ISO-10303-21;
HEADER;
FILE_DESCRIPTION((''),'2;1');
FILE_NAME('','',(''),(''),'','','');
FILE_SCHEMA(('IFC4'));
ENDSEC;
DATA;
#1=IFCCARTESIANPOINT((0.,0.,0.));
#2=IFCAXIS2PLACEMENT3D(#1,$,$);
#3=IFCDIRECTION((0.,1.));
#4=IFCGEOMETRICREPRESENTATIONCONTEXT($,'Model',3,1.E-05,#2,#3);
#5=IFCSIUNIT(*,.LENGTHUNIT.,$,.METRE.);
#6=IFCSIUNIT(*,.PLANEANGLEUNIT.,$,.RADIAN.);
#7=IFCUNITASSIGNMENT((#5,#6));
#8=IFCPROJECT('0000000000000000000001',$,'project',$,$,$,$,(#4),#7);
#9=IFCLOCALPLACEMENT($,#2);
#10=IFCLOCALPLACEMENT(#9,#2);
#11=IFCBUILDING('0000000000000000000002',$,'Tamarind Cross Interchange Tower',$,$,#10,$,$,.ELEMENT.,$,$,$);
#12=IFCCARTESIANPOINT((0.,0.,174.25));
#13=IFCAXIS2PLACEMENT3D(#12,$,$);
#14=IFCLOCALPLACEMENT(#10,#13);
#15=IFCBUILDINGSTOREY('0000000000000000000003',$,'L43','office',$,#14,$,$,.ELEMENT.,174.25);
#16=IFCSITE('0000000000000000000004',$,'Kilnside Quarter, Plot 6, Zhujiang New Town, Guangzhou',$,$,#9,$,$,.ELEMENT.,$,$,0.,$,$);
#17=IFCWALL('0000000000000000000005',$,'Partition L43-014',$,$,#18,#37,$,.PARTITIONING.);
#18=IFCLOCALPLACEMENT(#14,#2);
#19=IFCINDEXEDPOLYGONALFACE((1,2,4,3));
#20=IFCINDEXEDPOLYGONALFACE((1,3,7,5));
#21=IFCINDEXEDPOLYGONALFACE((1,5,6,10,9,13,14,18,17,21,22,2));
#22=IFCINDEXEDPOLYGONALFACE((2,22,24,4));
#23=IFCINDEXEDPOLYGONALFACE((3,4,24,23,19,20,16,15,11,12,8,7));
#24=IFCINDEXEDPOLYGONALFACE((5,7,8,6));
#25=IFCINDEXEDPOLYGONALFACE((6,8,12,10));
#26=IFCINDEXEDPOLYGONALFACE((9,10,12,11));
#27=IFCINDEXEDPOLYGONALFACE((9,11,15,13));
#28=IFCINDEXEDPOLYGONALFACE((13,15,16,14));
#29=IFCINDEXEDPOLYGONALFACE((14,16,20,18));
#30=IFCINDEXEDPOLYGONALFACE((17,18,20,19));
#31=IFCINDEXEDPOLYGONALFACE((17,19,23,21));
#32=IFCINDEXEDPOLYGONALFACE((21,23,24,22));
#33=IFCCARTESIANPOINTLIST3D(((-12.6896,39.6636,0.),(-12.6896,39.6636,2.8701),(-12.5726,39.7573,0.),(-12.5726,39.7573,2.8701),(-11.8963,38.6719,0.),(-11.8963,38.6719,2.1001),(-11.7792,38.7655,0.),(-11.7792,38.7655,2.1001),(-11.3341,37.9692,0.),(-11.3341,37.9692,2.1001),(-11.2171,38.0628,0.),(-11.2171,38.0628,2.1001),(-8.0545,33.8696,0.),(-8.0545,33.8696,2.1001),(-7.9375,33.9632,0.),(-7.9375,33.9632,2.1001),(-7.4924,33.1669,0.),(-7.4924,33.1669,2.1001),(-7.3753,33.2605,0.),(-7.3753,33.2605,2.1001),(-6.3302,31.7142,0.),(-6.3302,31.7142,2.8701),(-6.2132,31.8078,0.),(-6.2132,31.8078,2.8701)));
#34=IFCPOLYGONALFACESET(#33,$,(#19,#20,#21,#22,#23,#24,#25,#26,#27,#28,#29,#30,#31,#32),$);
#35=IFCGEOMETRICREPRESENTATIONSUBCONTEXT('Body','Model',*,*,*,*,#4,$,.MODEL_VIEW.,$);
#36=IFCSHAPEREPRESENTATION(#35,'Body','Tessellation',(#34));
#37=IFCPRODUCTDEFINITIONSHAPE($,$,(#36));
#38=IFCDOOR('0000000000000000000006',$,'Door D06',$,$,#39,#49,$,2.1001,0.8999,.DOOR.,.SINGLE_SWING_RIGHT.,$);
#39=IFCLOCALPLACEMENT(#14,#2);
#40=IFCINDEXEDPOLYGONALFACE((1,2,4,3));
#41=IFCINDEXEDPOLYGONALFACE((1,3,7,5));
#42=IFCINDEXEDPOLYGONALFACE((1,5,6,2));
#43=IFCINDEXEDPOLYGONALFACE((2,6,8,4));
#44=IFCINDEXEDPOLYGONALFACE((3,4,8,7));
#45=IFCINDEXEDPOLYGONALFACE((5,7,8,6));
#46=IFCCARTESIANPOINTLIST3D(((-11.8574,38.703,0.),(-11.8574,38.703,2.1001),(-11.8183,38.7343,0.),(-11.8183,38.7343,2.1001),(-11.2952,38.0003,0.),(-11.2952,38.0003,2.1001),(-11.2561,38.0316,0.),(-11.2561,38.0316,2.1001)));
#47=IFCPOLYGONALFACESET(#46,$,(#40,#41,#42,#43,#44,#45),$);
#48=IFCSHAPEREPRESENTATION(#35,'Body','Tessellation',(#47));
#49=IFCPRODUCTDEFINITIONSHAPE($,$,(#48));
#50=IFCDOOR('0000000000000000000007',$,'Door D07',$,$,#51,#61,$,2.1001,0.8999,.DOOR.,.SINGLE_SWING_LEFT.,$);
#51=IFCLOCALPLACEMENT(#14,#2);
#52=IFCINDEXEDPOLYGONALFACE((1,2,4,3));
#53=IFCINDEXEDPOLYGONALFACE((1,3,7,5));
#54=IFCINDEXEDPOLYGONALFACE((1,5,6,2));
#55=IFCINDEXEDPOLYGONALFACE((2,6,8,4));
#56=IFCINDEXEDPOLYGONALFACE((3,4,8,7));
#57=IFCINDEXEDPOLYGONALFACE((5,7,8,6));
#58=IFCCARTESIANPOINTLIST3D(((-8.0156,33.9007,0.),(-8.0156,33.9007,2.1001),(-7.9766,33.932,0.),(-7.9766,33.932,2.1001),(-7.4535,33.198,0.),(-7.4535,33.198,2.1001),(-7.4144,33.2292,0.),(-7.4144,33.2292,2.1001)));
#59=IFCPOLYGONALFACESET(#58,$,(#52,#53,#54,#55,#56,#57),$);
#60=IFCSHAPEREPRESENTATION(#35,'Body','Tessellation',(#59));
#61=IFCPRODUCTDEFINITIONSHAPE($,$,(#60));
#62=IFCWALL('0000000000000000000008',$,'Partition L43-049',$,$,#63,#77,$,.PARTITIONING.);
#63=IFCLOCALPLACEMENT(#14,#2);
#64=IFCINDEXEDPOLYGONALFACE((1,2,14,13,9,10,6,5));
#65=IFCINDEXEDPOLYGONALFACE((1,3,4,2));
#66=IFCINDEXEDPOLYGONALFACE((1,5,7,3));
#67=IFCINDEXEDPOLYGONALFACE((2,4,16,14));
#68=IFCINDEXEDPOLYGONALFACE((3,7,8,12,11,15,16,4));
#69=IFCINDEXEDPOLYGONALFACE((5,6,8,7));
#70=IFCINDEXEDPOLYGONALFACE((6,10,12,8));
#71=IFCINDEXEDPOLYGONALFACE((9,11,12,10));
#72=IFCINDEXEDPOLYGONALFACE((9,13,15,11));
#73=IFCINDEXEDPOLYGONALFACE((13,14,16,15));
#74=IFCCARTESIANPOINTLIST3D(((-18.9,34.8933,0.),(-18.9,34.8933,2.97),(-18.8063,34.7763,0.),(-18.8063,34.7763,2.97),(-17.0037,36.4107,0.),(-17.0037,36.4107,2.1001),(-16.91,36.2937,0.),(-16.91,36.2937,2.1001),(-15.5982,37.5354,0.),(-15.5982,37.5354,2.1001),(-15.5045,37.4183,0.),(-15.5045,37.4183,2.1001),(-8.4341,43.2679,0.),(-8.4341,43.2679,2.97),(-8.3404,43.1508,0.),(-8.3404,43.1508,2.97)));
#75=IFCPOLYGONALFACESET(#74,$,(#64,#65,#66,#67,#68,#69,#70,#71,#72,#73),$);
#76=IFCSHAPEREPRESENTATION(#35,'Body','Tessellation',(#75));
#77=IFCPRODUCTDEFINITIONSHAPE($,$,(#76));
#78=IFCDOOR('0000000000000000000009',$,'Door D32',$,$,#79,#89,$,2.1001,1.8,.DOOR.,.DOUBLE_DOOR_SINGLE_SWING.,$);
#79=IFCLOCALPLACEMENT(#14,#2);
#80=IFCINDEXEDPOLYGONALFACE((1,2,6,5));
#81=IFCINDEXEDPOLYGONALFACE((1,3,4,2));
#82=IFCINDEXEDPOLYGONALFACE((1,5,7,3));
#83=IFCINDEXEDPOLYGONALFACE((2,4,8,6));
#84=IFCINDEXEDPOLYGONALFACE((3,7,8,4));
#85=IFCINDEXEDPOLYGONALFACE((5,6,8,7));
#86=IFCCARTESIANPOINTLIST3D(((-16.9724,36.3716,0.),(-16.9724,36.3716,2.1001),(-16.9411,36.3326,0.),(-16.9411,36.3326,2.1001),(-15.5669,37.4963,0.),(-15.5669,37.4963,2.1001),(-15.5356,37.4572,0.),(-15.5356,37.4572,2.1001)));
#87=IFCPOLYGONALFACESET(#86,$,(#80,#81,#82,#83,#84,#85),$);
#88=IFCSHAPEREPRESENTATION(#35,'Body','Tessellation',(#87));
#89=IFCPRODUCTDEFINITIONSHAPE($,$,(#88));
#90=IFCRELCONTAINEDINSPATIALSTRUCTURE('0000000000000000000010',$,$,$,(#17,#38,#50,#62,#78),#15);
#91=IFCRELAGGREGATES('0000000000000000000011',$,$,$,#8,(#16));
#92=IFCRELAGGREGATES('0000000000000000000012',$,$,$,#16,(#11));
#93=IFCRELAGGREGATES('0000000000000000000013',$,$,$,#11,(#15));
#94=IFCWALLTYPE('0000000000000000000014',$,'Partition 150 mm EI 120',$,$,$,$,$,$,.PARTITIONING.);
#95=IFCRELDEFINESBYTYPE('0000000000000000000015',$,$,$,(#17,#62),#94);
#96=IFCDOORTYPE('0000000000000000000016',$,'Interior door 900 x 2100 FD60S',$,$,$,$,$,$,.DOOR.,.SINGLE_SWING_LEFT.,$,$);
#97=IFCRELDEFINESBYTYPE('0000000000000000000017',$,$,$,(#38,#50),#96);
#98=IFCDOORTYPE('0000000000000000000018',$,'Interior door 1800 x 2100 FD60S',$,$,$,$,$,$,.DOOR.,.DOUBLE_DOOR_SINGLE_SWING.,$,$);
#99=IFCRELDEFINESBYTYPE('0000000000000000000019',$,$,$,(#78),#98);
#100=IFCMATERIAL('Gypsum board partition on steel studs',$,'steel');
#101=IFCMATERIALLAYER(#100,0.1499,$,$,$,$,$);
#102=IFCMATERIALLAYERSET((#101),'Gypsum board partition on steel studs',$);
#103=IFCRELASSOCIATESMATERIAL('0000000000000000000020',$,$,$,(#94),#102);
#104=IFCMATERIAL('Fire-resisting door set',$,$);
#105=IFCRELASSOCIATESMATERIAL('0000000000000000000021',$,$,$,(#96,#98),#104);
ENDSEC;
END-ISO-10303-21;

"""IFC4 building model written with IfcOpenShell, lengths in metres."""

from ifc_helpers import new_model, si_unit, direction, frame, frame_2d, origin, place, context, subcontext, project, spatial, rectangle, extrude, material, layer, layer_set, type_object, element, fill, save


model = new_model("IFC4")

# Units and contexts
model_context = context("Model", 3, precision=1e-05, world=origin(), true_north=direction((0.0, 1.0)))
body_context = subcontext(model_context, "Body", "Model", "MODEL_VIEW")
ifc_project = project(units=[si_unit("LENGTHUNIT", "METRE"), si_unit("PLANEANGLEUNIT", "RADIAN")], contexts=[model_context])

# Site, building, storey
site_placement = place(None, origin())
site = spatial("IfcSite", under=ifc_project, at=site_placement, Name="Kilnside Quarter, Plot 6, Zhujiang New Town, Guangzhou", CompositionType="ELEMENT", RefElevation=0.0)
building_placement = place(site_placement, origin())
building = spatial("IfcBuilding", under=site, at=building_placement, Name="Tamarind Cross Interchange Tower", CompositionType="ELEMENT")
storey_placement = place(building_placement, frame((0.0, 0.0, 174.25)))
storey = spatial("IfcBuildingStorey", under=building, at=storey_placement, Name="L43", Description="office", CompositionType="ELEMENT", Elevation=174.25)

# Shared definitions
ifc_material_1 = material(Name="Gypsum board partition on steel studs", Category="steel")

# Wall, openings, doors
ifc_layer_1 = layer(ifc_material_1, 0.1499)
ifc_layer_set_1 = layer_set([ifc_layer_1], Name="Gypsum board partition on steel studs")
wall_type_1 = type_object("IfcWallType", Name="Partition 150 mm EI 120", PredefinedType="PARTITIONING", material=ifc_layer_set_1)
ifc_material_2 = material(Name="Fire-resisting door set")
door_type_1 = type_object("IfcDoorType", Name="Interior door 900 x 2100 FD60S", OperationType="SINGLE_SWING_LEFT", PredefinedType="DOOR", material=ifc_material_2)
wall_1_placement = place(storey_placement, frame((-12.6311, 39.7104, 0.0), z_axis=(0.0, 0.0, 1.0), x_axis=(0.624683, -0.780878, 0.0)))
wall_1 = element("IfcWall", 1, at=wall_1_placement, inside=storey, type_object=wall_type_1, Name="Partition L43-014", PredefinedType="PARTITIONING", context=body_context, shape_type="SweptSolid", body=[
    extrude(rectangle(XDim=10.1802, YDim=0.1499, at=frame_2d((5.0901, 0.0))), origin(), (0.0, 0.0, 1.0), 2.8701),
])
opening_1_placement = place(wall_1_placement, frame((1.27, 0.0, 0.0)))
opening_1 = element("IfcOpeningElement", 2, at=opening_1_placement, cuts=wall_1, PredefinedType="OPENING", context=body_context, shape_type="SweptSolid", body=[
    extrude(rectangle(XDim=0.8999, YDim=2.1001, at=frame_2d((0.45, 1.05))), frame((0.0, 0.085, 0.0), z_axis=(0.0, -1.0, 0.0), x_axis=(1.0, 0.0, 0.0)), (0.0, 0.0, 1.0), 0.1699),
])
opening_2_placement = place(wall_1_placement, frame((7.4199, 0.0, 0.0)))
opening_2 = element("IfcOpeningElement", 3, at=opening_2_placement, cuts=wall_1, PredefinedType="OPENING", context=body_context, shape_type="SweptSolid", body=[
    extrude(rectangle(XDim=0.8999, YDim=2.1001, at=frame_2d((0.45, 1.05))), frame((0.0, 0.085, 0.0), z_axis=(0.0, -1.0, 0.0), x_axis=(1.0, 0.0, 0.0)), (0.0, 0.0, 1.0), 0.1699),
])
door_1_placement = place(opening_1_placement, origin())
door_1 = element("IfcDoor", 4, at=door_1_placement, inside=storey, type_object=door_type_1, Name="Door D06", OperationType="SINGLE_SWING_RIGHT", OverallHeight=2.1001, OverallWidth=0.8999, PredefinedType="DOOR", context=body_context, shape_type="SweptSolid", body=[
    extrude(rectangle(XDim=0.8999, YDim=2.1001, at=frame_2d((0.45, 1.05))), frame((0.0, 0.0249, 0.0), z_axis=(0.0, -1.0, 0.0), x_axis=(1.0, 0.0, 0.0)), (0.0, 0.0, 1.0), 0.05),
])
fill(opening_1, door_1)
door_2_placement = place(opening_2_placement, origin())
door_2 = element("IfcDoor", 5, at=door_2_placement, inside=storey, type_object=door_type_1, Name="Door D07", OperationType="SINGLE_SWING_LEFT", OverallHeight=2.1001, OverallWidth=0.8999, PredefinedType="DOOR", context=body_context, shape_type="SweptSolid", body=[
    extrude(rectangle(XDim=0.8999, YDim=2.1001, at=frame_2d((0.45, 1.05))), frame((0.0, 0.0249, 0.0), z_axis=(0.0, -1.0, 0.0), x_axis=(1.0, 0.0, 0.0)), (0.0, 0.0, 1.0), 0.05),
])
fill(opening_2, door_2)

# Wall, opening, door
wall_2_placement = place(storey_placement, frame((-18.8533, 34.8347, 0.0), z_axis=(0.0, 0.0, 1.0), x_axis=(0.780801, 0.624779, 0.0)))
wall_2 = element("IfcWall", 6, at=wall_2_placement, inside=storey, type_object=wall_type_1, Name="Partition L43-049", PredefinedType="PARTITIONING", context=body_context, shape_type="SweptSolid", body=[
    extrude(rectangle(XDim=13.4041, YDim=0.1499, at=frame_2d((6.7021, 0.0))), origin(), (0.0, 0.0, 1.0), 2.97),
])
opening_3_placement = place(wall_2_placement, frame((2.429, 0.0, 0.0)))
opening_3 = element("IfcOpeningElement", 7, at=opening_3_placement, cuts=wall_2, PredefinedType="OPENING", context=body_context, shape_type="SweptSolid", body=[
    extrude(rectangle(XDim=1.8, YDim=2.1001, at=frame_2d((0.8999, 1.05))), frame((0.0, 0.085, 0.0), z_axis=(0.0, -1.0, 0.0), x_axis=(1.0, 0.0, 0.0)), (0.0, 0.0, 1.0), 0.1699),
])
door_type_2 = type_object("IfcDoorType", Name="Interior door 1800 x 2100 FD60S", OperationType="DOUBLE_DOOR_SINGLE_SWING", PredefinedType="DOOR", material=ifc_material_2)
door_3_placement = place(opening_3_placement, origin())
door_3 = element("IfcDoor", 8, at=door_3_placement, inside=storey, type_object=door_type_2, Name="Door D32", OperationType="DOUBLE_DOOR_SINGLE_SWING", OverallHeight=2.1001, OverallWidth=1.8, PredefinedType="DOOR", context=body_context, shape_type="SweptSolid", body=[
    extrude(rectangle(XDim=1.8, YDim=2.1001, at=frame_2d((0.8999, 1.05))), frame((0.0, 0.0249, 0.0), z_axis=(0.0, -1.0, 0.0), x_axis=(1.0, 0.0, 0.0)), (0.0, 0.0, 1.0), 0.05),
])
fill(opening_3, door_3)

save(model, "model.ifc")
